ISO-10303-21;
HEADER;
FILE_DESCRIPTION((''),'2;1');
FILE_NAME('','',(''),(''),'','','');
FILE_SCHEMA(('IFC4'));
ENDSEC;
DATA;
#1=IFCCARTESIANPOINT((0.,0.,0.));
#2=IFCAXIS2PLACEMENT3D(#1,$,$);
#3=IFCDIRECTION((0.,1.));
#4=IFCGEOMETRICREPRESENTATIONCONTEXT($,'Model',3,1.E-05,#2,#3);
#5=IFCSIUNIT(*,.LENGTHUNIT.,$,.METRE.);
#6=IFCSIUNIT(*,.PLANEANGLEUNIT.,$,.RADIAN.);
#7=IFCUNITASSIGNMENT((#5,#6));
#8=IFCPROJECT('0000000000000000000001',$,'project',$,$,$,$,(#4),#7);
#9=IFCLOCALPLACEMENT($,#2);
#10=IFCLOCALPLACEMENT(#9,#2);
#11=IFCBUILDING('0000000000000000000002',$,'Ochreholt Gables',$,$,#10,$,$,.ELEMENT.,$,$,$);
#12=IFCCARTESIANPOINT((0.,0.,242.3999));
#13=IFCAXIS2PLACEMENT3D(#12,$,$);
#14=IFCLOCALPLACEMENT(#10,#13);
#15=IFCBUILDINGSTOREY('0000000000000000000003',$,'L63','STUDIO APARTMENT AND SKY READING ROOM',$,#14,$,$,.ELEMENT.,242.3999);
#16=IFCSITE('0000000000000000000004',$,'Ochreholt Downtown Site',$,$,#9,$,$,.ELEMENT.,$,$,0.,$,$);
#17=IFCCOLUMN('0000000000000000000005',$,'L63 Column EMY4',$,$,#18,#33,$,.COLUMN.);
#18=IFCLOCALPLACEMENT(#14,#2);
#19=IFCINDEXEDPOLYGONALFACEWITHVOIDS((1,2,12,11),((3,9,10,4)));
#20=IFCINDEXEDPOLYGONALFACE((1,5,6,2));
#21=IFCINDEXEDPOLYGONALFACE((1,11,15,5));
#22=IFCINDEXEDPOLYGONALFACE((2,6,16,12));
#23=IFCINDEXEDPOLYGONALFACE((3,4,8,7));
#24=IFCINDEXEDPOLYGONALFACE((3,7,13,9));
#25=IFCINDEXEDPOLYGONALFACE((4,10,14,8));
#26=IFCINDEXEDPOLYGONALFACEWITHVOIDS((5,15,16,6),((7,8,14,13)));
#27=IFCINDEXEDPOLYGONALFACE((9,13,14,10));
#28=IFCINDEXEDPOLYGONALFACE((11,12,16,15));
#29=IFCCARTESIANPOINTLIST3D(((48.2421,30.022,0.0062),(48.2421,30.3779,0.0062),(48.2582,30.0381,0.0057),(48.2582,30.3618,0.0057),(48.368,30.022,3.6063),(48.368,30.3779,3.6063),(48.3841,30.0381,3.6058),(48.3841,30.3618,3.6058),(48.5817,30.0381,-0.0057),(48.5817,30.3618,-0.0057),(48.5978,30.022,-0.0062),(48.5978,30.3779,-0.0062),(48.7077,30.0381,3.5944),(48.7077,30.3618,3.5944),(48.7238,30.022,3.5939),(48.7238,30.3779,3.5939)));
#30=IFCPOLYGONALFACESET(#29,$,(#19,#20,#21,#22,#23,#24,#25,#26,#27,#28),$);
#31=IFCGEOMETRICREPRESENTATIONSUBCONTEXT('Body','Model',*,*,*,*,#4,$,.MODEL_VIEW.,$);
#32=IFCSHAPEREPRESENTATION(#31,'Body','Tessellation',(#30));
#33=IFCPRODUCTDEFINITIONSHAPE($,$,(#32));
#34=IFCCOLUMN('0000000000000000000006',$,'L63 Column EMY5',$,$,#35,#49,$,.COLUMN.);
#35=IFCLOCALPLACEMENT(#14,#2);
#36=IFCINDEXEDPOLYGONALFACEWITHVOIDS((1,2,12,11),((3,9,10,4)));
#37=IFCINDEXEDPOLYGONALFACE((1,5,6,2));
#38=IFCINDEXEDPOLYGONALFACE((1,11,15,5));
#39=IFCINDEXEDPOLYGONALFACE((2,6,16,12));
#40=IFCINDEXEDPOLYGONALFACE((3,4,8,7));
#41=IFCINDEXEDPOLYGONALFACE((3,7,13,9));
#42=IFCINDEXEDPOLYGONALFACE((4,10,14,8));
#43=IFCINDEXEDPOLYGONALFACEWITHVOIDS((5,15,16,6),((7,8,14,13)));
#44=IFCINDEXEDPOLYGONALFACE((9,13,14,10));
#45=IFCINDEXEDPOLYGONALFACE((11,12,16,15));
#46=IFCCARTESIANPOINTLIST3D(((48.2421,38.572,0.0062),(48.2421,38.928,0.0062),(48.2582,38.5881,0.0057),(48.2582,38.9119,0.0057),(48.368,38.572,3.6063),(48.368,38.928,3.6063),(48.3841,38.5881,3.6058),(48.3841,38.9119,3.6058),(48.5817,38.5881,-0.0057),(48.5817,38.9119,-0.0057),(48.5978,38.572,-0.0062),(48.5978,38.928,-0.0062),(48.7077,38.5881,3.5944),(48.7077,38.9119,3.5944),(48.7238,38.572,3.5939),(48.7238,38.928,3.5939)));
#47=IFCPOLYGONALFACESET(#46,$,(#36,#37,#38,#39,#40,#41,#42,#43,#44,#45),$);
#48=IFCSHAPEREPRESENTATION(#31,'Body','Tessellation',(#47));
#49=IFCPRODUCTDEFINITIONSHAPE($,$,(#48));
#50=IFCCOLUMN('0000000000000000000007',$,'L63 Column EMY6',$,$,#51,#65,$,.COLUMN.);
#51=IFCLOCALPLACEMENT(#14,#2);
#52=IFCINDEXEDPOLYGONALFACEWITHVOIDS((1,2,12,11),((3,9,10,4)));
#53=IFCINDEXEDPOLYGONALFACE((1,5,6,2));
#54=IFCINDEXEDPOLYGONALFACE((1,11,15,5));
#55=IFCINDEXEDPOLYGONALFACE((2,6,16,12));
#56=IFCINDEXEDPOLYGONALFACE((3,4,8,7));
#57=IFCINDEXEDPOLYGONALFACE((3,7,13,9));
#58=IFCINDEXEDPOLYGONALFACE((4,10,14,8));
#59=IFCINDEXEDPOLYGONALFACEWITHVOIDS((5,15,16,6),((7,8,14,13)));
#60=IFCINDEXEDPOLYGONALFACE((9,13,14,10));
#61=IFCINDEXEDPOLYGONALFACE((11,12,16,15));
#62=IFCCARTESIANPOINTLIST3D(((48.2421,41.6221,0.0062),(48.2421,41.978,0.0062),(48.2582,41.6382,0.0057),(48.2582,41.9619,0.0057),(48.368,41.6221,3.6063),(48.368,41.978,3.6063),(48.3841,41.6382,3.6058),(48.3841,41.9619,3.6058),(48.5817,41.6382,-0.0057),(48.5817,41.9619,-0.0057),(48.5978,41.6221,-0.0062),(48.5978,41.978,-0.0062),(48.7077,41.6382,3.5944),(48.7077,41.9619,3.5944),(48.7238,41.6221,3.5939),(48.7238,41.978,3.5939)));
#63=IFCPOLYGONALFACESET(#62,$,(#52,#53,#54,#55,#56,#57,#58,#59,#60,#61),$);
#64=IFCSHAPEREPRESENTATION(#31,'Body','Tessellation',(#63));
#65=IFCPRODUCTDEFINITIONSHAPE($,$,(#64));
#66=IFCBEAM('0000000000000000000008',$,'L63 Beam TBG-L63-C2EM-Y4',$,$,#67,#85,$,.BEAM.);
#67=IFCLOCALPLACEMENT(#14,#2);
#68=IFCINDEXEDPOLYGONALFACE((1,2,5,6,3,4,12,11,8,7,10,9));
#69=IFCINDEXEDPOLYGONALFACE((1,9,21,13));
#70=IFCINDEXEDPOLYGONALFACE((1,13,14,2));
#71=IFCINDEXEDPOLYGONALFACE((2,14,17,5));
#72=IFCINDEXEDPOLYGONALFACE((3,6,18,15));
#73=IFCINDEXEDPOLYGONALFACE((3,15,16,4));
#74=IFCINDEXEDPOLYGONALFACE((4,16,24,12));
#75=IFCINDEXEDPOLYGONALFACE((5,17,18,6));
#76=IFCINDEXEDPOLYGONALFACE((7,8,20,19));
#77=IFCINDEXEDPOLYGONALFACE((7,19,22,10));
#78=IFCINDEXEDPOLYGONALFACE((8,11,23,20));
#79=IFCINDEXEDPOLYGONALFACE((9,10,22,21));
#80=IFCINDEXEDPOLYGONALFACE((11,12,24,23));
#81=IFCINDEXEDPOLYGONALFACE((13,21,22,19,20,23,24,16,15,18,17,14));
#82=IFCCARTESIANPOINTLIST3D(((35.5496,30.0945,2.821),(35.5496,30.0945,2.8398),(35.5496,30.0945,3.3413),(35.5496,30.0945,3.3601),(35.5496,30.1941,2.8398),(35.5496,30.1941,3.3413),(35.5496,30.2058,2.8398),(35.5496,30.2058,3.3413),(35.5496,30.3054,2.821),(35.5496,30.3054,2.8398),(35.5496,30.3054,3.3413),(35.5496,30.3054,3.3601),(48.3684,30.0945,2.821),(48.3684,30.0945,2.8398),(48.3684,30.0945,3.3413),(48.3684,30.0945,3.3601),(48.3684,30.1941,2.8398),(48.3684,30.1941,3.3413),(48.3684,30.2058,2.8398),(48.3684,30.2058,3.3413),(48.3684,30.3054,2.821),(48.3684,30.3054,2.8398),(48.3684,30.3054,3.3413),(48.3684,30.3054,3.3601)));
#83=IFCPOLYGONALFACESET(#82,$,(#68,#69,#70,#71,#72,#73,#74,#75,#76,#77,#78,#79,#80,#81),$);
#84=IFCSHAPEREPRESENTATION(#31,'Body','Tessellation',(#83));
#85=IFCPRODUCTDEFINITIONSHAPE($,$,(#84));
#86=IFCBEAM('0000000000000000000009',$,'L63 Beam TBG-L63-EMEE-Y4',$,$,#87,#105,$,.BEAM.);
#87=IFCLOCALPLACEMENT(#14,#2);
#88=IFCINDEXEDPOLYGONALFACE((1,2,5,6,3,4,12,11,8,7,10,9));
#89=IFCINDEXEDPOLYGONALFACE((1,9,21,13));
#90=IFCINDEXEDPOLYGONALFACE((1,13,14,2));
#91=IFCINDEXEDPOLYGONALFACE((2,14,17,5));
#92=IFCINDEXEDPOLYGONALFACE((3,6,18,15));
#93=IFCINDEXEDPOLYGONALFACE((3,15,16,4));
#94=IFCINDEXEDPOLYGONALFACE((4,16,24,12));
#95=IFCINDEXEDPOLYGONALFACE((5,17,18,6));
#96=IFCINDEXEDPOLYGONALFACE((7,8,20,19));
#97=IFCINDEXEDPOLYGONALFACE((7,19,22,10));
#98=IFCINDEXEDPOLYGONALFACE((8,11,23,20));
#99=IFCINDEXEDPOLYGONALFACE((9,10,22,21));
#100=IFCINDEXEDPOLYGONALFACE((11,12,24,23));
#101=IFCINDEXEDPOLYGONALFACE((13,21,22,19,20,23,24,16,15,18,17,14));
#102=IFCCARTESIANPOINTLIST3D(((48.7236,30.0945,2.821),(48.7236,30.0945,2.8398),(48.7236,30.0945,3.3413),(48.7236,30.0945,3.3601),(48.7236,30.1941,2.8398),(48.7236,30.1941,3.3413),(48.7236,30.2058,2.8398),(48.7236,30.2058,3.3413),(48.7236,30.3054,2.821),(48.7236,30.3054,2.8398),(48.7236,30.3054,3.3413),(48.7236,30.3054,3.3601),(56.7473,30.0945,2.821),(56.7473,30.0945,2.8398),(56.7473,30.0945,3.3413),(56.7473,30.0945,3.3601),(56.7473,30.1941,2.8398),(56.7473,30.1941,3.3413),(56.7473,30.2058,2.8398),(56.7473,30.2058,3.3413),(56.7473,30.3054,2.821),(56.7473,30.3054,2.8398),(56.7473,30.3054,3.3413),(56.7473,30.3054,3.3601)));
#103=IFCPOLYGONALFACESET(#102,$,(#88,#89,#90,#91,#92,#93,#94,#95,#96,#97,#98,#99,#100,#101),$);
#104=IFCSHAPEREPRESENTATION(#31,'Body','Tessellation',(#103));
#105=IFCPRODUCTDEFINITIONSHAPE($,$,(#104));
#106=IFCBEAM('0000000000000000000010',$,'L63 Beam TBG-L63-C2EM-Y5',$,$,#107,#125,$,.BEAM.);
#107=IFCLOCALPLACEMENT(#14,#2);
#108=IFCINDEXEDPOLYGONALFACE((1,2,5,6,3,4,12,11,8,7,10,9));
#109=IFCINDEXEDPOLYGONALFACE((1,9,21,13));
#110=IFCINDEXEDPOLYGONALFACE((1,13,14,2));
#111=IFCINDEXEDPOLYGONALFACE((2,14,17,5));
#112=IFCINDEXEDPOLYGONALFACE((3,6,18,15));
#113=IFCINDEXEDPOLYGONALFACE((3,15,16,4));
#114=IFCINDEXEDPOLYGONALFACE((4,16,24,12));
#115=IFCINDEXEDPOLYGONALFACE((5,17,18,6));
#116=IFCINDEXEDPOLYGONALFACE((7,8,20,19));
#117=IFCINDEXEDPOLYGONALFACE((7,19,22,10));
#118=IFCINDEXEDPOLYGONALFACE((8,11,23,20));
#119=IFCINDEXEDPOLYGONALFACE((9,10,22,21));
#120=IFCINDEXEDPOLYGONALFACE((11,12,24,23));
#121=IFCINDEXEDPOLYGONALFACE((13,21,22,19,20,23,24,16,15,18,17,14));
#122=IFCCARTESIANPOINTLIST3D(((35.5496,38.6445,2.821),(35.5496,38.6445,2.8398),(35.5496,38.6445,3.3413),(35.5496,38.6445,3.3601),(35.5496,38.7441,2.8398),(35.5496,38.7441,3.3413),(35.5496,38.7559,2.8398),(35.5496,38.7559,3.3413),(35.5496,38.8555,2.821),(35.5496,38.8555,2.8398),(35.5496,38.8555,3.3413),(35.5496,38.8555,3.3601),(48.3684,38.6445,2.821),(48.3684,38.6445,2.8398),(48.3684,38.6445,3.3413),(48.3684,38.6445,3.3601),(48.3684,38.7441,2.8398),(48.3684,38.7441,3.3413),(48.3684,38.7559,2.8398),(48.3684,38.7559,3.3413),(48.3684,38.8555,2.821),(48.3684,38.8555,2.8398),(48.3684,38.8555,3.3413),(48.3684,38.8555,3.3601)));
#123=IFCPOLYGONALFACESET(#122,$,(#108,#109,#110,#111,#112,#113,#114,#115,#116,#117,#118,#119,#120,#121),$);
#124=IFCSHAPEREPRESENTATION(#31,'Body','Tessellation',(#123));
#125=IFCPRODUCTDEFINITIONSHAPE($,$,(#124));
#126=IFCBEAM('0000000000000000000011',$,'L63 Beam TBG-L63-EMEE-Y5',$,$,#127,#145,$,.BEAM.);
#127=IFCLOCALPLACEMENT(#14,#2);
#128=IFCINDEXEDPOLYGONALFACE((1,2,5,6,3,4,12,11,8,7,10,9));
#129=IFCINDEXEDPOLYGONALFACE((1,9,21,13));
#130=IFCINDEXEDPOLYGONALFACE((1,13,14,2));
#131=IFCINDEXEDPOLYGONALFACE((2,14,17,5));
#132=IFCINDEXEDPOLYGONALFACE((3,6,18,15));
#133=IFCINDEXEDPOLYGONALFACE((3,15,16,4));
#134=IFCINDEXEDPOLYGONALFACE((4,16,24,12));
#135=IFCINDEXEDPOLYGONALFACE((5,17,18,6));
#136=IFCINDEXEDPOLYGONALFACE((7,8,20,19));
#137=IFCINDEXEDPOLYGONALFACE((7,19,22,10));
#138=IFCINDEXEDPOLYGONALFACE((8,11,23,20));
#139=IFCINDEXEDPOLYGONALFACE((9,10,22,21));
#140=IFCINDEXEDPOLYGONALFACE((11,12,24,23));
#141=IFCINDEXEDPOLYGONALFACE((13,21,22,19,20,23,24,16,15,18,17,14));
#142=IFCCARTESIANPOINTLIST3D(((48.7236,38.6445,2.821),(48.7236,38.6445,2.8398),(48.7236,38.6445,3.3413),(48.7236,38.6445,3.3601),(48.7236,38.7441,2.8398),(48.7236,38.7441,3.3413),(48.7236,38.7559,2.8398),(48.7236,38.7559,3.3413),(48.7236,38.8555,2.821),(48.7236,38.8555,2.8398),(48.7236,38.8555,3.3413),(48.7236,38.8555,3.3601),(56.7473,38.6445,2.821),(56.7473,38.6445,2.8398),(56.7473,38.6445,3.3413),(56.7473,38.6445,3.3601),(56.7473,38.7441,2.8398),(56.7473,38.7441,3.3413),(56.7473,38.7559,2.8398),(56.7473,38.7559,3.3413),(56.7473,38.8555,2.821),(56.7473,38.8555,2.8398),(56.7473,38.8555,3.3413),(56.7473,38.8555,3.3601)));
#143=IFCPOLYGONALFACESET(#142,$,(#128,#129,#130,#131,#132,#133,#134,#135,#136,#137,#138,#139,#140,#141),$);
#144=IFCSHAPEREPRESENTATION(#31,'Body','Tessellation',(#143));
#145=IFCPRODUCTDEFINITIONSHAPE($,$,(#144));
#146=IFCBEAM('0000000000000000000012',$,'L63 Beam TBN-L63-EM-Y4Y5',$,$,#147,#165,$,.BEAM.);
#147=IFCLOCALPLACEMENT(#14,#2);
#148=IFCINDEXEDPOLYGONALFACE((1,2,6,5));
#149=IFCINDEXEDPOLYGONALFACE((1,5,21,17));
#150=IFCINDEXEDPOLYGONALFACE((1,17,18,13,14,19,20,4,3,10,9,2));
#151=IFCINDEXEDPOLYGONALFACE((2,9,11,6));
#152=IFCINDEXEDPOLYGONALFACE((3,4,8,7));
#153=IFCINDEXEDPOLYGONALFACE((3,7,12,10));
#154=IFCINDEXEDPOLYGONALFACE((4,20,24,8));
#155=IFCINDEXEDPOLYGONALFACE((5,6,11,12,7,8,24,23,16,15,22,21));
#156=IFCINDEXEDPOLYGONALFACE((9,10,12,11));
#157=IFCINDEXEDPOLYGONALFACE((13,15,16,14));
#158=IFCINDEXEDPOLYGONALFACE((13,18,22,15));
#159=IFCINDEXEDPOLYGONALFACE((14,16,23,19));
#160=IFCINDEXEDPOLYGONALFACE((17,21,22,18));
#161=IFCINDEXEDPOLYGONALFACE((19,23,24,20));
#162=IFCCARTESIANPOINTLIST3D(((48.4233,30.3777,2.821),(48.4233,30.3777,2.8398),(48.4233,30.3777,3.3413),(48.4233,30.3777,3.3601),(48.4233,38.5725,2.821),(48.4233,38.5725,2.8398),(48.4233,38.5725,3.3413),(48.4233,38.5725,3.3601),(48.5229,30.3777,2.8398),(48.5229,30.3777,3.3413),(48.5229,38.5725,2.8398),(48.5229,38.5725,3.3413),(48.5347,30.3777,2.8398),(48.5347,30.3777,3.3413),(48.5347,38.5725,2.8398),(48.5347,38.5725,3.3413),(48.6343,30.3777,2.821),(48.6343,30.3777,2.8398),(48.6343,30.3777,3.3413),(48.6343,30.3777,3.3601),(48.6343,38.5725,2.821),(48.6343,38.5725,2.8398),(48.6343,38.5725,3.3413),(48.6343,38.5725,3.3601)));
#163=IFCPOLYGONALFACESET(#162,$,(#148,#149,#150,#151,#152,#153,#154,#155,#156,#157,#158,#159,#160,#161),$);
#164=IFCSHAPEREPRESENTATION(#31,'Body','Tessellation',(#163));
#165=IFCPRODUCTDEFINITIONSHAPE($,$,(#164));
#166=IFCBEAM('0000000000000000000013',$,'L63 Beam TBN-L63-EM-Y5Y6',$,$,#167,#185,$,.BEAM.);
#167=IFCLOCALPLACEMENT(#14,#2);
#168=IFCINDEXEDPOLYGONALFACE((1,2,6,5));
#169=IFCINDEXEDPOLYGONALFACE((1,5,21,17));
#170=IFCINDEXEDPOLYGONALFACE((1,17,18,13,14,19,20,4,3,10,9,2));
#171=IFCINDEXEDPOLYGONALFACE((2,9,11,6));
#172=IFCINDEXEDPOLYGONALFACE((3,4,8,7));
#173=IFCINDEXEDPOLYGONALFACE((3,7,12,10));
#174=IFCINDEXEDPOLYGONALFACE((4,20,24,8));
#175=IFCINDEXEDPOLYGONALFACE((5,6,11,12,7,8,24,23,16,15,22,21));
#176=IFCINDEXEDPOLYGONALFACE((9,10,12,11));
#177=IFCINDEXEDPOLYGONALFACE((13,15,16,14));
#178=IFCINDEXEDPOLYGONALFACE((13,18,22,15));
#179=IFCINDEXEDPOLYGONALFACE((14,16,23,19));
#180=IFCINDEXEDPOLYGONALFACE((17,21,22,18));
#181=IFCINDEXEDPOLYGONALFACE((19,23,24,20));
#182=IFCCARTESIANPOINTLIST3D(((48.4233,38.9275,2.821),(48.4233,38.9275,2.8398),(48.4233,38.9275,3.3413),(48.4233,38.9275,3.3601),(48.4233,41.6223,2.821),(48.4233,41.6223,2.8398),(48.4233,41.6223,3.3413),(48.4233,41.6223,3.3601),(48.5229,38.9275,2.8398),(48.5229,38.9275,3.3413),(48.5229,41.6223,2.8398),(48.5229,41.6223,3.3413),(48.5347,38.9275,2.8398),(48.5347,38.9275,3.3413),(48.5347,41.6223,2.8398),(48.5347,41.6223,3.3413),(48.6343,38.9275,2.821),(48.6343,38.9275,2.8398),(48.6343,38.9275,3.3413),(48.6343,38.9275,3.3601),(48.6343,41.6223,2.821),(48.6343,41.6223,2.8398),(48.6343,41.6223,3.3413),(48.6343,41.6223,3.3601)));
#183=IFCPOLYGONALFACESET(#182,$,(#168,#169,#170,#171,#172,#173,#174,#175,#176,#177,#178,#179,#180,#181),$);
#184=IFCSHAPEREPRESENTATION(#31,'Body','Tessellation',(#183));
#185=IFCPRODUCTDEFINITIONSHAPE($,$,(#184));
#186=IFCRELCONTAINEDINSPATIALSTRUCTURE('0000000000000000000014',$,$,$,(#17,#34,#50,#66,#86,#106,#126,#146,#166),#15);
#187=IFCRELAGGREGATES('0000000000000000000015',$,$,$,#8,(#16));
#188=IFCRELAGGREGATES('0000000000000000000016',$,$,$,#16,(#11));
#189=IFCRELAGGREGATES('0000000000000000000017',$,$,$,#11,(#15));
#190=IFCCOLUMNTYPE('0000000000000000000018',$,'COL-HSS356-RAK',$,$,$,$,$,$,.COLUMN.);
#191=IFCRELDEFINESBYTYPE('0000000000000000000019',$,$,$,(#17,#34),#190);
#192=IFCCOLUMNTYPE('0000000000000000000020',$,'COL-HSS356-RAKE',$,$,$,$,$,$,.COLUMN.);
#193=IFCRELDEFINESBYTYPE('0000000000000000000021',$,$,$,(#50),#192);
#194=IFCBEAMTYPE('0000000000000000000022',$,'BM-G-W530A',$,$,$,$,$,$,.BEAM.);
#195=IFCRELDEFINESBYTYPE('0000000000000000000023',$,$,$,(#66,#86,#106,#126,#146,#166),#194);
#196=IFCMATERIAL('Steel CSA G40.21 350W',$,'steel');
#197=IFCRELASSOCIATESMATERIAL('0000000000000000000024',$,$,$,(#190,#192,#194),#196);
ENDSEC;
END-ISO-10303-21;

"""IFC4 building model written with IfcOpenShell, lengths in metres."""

from ifc_helpers import new_model, si_unit, direction, frame, origin, origin_2d, place, context, subcontext, project, spatial, hollow_rectangle, i_section, extrude, material, material_profile, profile_set, type_object, element, save


model = new_model("IFC4")

# Units and contexts
model_context = context("Model", 3, precision=1e-05, world=origin(), true_north=direction((0.0, 1.0)))
body_context = subcontext(model_context, "Body", "Model", "MODEL_VIEW")
ifc_project = project(units=[si_unit("LENGTHUNIT", "METRE"), si_unit("PLANEANGLEUNIT", "RADIAN")], contexts=[model_context])

# Site, building, storey
site_placement = place(None, origin())
site = spatial("IfcSite", under=ifc_project, at=site_placement, Name="Ochreholt Downtown Site", CompositionType="ELEMENT", RefElevation=0.0)
building_placement = place(site_placement, origin())
building = spatial("IfcBuilding", under=site, at=building_placement, Name="Ochreholt Gables", CompositionType="ELEMENT")
storey_placement = place(building_placement, frame((0.0, 0.0, 242.3999)))
storey = spatial("IfcBuildingStorey", under=building, at=storey_placement, Name="L63", Description="STUDIO APARTMENT AND SKY READING ROOM", CompositionType="ELEMENT", Elevation=242.3999)

# Columns
ifc_material_1 = material(Name="Steel CSA G40.21 350W", Category="steel")
ifc_material_profile_1 = material_profile(ifc_material_1, hollow_rectangle(XDim=0.356, YDim=0.356, WallThickness=0.0161, at=origin_2d()), Name="HSS356X356X16")
ifc_profile_set_1 = profile_set([ifc_material_profile_1], Name="Steel CSA G40.21 350W")
column_type_1 = type_object("IfcColumnType", Name="COL-HSS356-RAK", PredefinedType="COLUMN", material=ifc_profile_set_1)
for number, where, z_axis, x_axis, name in (
    (1, (48.4199, 30.2, 0.0), (0.034971, 0.0, 0.999388), (0.0, 1.0, 0.0), "L63 Column EMY4"),
    (2, (48.4199, 38.75, 0.0), (0.034971, 0.0, 0.999388), (0.0, 1.0, 0.0), "L63 Column EMY5"),
):
    element("IfcColumn", number, at=place(storey_placement, frame(where, z_axis=z_axis, x_axis=x_axis)), inside=storey, type_object=column_type_1, Name=name, PredefinedType="COLUMN", context=body_context, shape_type="SweptSolid", body=[
        extrude(hollow_rectangle(XDim=0.356, YDim=0.356, WallThickness=0.0161, at=origin_2d()), origin(), (0.0, 0.0, 1.0), 3.6023),
    ])
ifc_material_profile_2 = material_profile(ifc_material_1, hollow_rectangle(XDim=0.356, YDim=0.356, WallThickness=0.0161, at=origin_2d()), Name="HSS356X356X16")
ifc_profile_set_2 = profile_set([ifc_material_profile_2], Name="Steel CSA G40.21 350W")
column_type_2 = type_object("IfcColumnType", Name="COL-HSS356-RAKE", PredefinedType="COLUMN", material=ifc_profile_set_2)
column_placement = place(storey_placement, frame((48.4199, 41.8, 0.0), z_axis=(0.034971, 0.0, 0.999388), x_axis=(0.0, 1.0, 0.0)))
element("IfcColumn", 3, at=column_placement, inside=storey, type_object=column_type_2, Name="L63 Column EMY6", PredefinedType="COLUMN", context=body_context, shape_type="SweptSolid", body=[
    extrude(hollow_rectangle(XDim=0.356, YDim=0.356, WallThickness=0.0161, at=origin_2d()), origin(), (0.0, 0.0, 1.0), 3.6023),
])

# Beams
ifc_material_profile_3 = material_profile(ifc_material_1, i_section(OverallWidth=0.2109, OverallDepth=0.5391, WebThickness=0.0117, FlangeThickness=0.0188, at=origin_2d()), Name="W530X109")
ifc_profile_set_3 = profile_set([ifc_material_profile_3], Name="Steel CSA G40.21 350W")
beam_type_1 = type_object("IfcBeamType", Name="BM-G-W530A", PredefinedType="BEAM", material=ifc_profile_set_3)
beam_1_placement = place(storey_placement, frame((35.5496, 30.2, 3.0906), z_axis=(1.0, 0.0, 0.0), x_axis=(0.0, 1.0, 0.0)))
element("IfcBeam", 4, at=beam_1_placement, inside=storey, type_object=beam_type_1, Name="L63 Beam TBG-L63-C2EM-Y4", PredefinedType="BEAM", context=body_context, shape_type="SweptSolid", body=[
    extrude(i_section(OverallWidth=0.2109, OverallDepth=0.5391, WebThickness=0.0117, FlangeThickness=0.0188, at=origin_2d()), origin(), (0.0, 0.0, 1.0), 12.8188),
])
beam_2_placement = place(storey_placement, frame((48.7236, 30.2, 3.0906), z_axis=(1.0, 0.0, 0.0), x_axis=(0.0, 1.0, 0.0)))
element("IfcBeam", 5, at=beam_2_placement, inside=storey, type_object=beam_type_1, Name="L63 Beam TBG-L63-EMEE-Y4", PredefinedType="BEAM", context=body_context, shape_type="SweptSolid", body=[
    extrude(i_section(OverallWidth=0.2109, OverallDepth=0.5391, WebThickness=0.0117, FlangeThickness=0.0188, at=origin_2d()), origin(), (0.0, 0.0, 1.0), 8.0237),
])
beam_3_placement = place(storey_placement, frame((35.5496, 38.75, 3.0906), z_axis=(1.0, 0.0, 0.0), x_axis=(0.0, 1.0, 0.0)))
element("IfcBeam", 6, at=beam_3_placement, inside=storey, type_object=beam_type_1, Name="L63 Beam TBG-L63-C2EM-Y5", PredefinedType="BEAM", context=body_context, shape_type="SweptSolid", body=[
    extrude(i_section(OverallWidth=0.2109, OverallDepth=0.5391, WebThickness=0.0117, FlangeThickness=0.0188, at=origin_2d()), origin(), (0.0, 0.0, 1.0), 12.8188),
])
beam_4_placement = place(storey_placement, frame((48.7236, 38.75, 3.0906), z_axis=(1.0, 0.0, 0.0), x_axis=(0.0, 1.0, 0.0)))
element("IfcBeam", 7, at=beam_4_placement, inside=storey, type_object=beam_type_1, Name="L63 Beam TBG-L63-EMEE-Y5", PredefinedType="BEAM", context=body_context, shape_type="SweptSolid", body=[
    extrude(i_section(OverallWidth=0.2109, OverallDepth=0.5391, WebThickness=0.0117, FlangeThickness=0.0188, at=origin_2d()), origin(), (0.0, 0.0, 1.0), 8.0237),
])
beam_5_placement = place(storey_placement, frame((48.5288, 30.3777, 3.0906), z_axis=(0.0, 1.0, 0.0), x_axis=(-1.0, 0.0, 0.0)))
element("IfcBeam", 8, at=beam_5_placement, inside=storey, type_object=beam_type_1, Name="L63 Beam TBN-L63-EM-Y4Y5", PredefinedType="BEAM", context=body_context, shape_type="SweptSolid", body=[
    extrude(i_section(OverallWidth=0.2109, OverallDepth=0.5391, WebThickness=0.0117, FlangeThickness=0.0188, at=origin_2d()), origin(), (0.0, 0.0, 1.0), 8.1948),
])
beam_6_placement = place(storey_placement, frame((48.5288, 38.9275, 3.0906), z_axis=(0.0, 1.0, 0.0), x_axis=(-1.0, 0.0, 0.0)))
element("IfcBeam", 9, at=beam_6_placement, inside=storey, type_object=beam_type_1, Name="L63 Beam TBN-L63-EM-Y5Y6", PredefinedType="BEAM", context=body_context, shape_type="SweptSolid", body=[
    extrude(i_section(OverallWidth=0.2109, OverallDepth=0.5391, WebThickness=0.0117, FlangeThickness=0.0188, at=origin_2d()), origin(), (0.0, 0.0, 1.0), 2.6948),
])

save(model, "model.ifc")
